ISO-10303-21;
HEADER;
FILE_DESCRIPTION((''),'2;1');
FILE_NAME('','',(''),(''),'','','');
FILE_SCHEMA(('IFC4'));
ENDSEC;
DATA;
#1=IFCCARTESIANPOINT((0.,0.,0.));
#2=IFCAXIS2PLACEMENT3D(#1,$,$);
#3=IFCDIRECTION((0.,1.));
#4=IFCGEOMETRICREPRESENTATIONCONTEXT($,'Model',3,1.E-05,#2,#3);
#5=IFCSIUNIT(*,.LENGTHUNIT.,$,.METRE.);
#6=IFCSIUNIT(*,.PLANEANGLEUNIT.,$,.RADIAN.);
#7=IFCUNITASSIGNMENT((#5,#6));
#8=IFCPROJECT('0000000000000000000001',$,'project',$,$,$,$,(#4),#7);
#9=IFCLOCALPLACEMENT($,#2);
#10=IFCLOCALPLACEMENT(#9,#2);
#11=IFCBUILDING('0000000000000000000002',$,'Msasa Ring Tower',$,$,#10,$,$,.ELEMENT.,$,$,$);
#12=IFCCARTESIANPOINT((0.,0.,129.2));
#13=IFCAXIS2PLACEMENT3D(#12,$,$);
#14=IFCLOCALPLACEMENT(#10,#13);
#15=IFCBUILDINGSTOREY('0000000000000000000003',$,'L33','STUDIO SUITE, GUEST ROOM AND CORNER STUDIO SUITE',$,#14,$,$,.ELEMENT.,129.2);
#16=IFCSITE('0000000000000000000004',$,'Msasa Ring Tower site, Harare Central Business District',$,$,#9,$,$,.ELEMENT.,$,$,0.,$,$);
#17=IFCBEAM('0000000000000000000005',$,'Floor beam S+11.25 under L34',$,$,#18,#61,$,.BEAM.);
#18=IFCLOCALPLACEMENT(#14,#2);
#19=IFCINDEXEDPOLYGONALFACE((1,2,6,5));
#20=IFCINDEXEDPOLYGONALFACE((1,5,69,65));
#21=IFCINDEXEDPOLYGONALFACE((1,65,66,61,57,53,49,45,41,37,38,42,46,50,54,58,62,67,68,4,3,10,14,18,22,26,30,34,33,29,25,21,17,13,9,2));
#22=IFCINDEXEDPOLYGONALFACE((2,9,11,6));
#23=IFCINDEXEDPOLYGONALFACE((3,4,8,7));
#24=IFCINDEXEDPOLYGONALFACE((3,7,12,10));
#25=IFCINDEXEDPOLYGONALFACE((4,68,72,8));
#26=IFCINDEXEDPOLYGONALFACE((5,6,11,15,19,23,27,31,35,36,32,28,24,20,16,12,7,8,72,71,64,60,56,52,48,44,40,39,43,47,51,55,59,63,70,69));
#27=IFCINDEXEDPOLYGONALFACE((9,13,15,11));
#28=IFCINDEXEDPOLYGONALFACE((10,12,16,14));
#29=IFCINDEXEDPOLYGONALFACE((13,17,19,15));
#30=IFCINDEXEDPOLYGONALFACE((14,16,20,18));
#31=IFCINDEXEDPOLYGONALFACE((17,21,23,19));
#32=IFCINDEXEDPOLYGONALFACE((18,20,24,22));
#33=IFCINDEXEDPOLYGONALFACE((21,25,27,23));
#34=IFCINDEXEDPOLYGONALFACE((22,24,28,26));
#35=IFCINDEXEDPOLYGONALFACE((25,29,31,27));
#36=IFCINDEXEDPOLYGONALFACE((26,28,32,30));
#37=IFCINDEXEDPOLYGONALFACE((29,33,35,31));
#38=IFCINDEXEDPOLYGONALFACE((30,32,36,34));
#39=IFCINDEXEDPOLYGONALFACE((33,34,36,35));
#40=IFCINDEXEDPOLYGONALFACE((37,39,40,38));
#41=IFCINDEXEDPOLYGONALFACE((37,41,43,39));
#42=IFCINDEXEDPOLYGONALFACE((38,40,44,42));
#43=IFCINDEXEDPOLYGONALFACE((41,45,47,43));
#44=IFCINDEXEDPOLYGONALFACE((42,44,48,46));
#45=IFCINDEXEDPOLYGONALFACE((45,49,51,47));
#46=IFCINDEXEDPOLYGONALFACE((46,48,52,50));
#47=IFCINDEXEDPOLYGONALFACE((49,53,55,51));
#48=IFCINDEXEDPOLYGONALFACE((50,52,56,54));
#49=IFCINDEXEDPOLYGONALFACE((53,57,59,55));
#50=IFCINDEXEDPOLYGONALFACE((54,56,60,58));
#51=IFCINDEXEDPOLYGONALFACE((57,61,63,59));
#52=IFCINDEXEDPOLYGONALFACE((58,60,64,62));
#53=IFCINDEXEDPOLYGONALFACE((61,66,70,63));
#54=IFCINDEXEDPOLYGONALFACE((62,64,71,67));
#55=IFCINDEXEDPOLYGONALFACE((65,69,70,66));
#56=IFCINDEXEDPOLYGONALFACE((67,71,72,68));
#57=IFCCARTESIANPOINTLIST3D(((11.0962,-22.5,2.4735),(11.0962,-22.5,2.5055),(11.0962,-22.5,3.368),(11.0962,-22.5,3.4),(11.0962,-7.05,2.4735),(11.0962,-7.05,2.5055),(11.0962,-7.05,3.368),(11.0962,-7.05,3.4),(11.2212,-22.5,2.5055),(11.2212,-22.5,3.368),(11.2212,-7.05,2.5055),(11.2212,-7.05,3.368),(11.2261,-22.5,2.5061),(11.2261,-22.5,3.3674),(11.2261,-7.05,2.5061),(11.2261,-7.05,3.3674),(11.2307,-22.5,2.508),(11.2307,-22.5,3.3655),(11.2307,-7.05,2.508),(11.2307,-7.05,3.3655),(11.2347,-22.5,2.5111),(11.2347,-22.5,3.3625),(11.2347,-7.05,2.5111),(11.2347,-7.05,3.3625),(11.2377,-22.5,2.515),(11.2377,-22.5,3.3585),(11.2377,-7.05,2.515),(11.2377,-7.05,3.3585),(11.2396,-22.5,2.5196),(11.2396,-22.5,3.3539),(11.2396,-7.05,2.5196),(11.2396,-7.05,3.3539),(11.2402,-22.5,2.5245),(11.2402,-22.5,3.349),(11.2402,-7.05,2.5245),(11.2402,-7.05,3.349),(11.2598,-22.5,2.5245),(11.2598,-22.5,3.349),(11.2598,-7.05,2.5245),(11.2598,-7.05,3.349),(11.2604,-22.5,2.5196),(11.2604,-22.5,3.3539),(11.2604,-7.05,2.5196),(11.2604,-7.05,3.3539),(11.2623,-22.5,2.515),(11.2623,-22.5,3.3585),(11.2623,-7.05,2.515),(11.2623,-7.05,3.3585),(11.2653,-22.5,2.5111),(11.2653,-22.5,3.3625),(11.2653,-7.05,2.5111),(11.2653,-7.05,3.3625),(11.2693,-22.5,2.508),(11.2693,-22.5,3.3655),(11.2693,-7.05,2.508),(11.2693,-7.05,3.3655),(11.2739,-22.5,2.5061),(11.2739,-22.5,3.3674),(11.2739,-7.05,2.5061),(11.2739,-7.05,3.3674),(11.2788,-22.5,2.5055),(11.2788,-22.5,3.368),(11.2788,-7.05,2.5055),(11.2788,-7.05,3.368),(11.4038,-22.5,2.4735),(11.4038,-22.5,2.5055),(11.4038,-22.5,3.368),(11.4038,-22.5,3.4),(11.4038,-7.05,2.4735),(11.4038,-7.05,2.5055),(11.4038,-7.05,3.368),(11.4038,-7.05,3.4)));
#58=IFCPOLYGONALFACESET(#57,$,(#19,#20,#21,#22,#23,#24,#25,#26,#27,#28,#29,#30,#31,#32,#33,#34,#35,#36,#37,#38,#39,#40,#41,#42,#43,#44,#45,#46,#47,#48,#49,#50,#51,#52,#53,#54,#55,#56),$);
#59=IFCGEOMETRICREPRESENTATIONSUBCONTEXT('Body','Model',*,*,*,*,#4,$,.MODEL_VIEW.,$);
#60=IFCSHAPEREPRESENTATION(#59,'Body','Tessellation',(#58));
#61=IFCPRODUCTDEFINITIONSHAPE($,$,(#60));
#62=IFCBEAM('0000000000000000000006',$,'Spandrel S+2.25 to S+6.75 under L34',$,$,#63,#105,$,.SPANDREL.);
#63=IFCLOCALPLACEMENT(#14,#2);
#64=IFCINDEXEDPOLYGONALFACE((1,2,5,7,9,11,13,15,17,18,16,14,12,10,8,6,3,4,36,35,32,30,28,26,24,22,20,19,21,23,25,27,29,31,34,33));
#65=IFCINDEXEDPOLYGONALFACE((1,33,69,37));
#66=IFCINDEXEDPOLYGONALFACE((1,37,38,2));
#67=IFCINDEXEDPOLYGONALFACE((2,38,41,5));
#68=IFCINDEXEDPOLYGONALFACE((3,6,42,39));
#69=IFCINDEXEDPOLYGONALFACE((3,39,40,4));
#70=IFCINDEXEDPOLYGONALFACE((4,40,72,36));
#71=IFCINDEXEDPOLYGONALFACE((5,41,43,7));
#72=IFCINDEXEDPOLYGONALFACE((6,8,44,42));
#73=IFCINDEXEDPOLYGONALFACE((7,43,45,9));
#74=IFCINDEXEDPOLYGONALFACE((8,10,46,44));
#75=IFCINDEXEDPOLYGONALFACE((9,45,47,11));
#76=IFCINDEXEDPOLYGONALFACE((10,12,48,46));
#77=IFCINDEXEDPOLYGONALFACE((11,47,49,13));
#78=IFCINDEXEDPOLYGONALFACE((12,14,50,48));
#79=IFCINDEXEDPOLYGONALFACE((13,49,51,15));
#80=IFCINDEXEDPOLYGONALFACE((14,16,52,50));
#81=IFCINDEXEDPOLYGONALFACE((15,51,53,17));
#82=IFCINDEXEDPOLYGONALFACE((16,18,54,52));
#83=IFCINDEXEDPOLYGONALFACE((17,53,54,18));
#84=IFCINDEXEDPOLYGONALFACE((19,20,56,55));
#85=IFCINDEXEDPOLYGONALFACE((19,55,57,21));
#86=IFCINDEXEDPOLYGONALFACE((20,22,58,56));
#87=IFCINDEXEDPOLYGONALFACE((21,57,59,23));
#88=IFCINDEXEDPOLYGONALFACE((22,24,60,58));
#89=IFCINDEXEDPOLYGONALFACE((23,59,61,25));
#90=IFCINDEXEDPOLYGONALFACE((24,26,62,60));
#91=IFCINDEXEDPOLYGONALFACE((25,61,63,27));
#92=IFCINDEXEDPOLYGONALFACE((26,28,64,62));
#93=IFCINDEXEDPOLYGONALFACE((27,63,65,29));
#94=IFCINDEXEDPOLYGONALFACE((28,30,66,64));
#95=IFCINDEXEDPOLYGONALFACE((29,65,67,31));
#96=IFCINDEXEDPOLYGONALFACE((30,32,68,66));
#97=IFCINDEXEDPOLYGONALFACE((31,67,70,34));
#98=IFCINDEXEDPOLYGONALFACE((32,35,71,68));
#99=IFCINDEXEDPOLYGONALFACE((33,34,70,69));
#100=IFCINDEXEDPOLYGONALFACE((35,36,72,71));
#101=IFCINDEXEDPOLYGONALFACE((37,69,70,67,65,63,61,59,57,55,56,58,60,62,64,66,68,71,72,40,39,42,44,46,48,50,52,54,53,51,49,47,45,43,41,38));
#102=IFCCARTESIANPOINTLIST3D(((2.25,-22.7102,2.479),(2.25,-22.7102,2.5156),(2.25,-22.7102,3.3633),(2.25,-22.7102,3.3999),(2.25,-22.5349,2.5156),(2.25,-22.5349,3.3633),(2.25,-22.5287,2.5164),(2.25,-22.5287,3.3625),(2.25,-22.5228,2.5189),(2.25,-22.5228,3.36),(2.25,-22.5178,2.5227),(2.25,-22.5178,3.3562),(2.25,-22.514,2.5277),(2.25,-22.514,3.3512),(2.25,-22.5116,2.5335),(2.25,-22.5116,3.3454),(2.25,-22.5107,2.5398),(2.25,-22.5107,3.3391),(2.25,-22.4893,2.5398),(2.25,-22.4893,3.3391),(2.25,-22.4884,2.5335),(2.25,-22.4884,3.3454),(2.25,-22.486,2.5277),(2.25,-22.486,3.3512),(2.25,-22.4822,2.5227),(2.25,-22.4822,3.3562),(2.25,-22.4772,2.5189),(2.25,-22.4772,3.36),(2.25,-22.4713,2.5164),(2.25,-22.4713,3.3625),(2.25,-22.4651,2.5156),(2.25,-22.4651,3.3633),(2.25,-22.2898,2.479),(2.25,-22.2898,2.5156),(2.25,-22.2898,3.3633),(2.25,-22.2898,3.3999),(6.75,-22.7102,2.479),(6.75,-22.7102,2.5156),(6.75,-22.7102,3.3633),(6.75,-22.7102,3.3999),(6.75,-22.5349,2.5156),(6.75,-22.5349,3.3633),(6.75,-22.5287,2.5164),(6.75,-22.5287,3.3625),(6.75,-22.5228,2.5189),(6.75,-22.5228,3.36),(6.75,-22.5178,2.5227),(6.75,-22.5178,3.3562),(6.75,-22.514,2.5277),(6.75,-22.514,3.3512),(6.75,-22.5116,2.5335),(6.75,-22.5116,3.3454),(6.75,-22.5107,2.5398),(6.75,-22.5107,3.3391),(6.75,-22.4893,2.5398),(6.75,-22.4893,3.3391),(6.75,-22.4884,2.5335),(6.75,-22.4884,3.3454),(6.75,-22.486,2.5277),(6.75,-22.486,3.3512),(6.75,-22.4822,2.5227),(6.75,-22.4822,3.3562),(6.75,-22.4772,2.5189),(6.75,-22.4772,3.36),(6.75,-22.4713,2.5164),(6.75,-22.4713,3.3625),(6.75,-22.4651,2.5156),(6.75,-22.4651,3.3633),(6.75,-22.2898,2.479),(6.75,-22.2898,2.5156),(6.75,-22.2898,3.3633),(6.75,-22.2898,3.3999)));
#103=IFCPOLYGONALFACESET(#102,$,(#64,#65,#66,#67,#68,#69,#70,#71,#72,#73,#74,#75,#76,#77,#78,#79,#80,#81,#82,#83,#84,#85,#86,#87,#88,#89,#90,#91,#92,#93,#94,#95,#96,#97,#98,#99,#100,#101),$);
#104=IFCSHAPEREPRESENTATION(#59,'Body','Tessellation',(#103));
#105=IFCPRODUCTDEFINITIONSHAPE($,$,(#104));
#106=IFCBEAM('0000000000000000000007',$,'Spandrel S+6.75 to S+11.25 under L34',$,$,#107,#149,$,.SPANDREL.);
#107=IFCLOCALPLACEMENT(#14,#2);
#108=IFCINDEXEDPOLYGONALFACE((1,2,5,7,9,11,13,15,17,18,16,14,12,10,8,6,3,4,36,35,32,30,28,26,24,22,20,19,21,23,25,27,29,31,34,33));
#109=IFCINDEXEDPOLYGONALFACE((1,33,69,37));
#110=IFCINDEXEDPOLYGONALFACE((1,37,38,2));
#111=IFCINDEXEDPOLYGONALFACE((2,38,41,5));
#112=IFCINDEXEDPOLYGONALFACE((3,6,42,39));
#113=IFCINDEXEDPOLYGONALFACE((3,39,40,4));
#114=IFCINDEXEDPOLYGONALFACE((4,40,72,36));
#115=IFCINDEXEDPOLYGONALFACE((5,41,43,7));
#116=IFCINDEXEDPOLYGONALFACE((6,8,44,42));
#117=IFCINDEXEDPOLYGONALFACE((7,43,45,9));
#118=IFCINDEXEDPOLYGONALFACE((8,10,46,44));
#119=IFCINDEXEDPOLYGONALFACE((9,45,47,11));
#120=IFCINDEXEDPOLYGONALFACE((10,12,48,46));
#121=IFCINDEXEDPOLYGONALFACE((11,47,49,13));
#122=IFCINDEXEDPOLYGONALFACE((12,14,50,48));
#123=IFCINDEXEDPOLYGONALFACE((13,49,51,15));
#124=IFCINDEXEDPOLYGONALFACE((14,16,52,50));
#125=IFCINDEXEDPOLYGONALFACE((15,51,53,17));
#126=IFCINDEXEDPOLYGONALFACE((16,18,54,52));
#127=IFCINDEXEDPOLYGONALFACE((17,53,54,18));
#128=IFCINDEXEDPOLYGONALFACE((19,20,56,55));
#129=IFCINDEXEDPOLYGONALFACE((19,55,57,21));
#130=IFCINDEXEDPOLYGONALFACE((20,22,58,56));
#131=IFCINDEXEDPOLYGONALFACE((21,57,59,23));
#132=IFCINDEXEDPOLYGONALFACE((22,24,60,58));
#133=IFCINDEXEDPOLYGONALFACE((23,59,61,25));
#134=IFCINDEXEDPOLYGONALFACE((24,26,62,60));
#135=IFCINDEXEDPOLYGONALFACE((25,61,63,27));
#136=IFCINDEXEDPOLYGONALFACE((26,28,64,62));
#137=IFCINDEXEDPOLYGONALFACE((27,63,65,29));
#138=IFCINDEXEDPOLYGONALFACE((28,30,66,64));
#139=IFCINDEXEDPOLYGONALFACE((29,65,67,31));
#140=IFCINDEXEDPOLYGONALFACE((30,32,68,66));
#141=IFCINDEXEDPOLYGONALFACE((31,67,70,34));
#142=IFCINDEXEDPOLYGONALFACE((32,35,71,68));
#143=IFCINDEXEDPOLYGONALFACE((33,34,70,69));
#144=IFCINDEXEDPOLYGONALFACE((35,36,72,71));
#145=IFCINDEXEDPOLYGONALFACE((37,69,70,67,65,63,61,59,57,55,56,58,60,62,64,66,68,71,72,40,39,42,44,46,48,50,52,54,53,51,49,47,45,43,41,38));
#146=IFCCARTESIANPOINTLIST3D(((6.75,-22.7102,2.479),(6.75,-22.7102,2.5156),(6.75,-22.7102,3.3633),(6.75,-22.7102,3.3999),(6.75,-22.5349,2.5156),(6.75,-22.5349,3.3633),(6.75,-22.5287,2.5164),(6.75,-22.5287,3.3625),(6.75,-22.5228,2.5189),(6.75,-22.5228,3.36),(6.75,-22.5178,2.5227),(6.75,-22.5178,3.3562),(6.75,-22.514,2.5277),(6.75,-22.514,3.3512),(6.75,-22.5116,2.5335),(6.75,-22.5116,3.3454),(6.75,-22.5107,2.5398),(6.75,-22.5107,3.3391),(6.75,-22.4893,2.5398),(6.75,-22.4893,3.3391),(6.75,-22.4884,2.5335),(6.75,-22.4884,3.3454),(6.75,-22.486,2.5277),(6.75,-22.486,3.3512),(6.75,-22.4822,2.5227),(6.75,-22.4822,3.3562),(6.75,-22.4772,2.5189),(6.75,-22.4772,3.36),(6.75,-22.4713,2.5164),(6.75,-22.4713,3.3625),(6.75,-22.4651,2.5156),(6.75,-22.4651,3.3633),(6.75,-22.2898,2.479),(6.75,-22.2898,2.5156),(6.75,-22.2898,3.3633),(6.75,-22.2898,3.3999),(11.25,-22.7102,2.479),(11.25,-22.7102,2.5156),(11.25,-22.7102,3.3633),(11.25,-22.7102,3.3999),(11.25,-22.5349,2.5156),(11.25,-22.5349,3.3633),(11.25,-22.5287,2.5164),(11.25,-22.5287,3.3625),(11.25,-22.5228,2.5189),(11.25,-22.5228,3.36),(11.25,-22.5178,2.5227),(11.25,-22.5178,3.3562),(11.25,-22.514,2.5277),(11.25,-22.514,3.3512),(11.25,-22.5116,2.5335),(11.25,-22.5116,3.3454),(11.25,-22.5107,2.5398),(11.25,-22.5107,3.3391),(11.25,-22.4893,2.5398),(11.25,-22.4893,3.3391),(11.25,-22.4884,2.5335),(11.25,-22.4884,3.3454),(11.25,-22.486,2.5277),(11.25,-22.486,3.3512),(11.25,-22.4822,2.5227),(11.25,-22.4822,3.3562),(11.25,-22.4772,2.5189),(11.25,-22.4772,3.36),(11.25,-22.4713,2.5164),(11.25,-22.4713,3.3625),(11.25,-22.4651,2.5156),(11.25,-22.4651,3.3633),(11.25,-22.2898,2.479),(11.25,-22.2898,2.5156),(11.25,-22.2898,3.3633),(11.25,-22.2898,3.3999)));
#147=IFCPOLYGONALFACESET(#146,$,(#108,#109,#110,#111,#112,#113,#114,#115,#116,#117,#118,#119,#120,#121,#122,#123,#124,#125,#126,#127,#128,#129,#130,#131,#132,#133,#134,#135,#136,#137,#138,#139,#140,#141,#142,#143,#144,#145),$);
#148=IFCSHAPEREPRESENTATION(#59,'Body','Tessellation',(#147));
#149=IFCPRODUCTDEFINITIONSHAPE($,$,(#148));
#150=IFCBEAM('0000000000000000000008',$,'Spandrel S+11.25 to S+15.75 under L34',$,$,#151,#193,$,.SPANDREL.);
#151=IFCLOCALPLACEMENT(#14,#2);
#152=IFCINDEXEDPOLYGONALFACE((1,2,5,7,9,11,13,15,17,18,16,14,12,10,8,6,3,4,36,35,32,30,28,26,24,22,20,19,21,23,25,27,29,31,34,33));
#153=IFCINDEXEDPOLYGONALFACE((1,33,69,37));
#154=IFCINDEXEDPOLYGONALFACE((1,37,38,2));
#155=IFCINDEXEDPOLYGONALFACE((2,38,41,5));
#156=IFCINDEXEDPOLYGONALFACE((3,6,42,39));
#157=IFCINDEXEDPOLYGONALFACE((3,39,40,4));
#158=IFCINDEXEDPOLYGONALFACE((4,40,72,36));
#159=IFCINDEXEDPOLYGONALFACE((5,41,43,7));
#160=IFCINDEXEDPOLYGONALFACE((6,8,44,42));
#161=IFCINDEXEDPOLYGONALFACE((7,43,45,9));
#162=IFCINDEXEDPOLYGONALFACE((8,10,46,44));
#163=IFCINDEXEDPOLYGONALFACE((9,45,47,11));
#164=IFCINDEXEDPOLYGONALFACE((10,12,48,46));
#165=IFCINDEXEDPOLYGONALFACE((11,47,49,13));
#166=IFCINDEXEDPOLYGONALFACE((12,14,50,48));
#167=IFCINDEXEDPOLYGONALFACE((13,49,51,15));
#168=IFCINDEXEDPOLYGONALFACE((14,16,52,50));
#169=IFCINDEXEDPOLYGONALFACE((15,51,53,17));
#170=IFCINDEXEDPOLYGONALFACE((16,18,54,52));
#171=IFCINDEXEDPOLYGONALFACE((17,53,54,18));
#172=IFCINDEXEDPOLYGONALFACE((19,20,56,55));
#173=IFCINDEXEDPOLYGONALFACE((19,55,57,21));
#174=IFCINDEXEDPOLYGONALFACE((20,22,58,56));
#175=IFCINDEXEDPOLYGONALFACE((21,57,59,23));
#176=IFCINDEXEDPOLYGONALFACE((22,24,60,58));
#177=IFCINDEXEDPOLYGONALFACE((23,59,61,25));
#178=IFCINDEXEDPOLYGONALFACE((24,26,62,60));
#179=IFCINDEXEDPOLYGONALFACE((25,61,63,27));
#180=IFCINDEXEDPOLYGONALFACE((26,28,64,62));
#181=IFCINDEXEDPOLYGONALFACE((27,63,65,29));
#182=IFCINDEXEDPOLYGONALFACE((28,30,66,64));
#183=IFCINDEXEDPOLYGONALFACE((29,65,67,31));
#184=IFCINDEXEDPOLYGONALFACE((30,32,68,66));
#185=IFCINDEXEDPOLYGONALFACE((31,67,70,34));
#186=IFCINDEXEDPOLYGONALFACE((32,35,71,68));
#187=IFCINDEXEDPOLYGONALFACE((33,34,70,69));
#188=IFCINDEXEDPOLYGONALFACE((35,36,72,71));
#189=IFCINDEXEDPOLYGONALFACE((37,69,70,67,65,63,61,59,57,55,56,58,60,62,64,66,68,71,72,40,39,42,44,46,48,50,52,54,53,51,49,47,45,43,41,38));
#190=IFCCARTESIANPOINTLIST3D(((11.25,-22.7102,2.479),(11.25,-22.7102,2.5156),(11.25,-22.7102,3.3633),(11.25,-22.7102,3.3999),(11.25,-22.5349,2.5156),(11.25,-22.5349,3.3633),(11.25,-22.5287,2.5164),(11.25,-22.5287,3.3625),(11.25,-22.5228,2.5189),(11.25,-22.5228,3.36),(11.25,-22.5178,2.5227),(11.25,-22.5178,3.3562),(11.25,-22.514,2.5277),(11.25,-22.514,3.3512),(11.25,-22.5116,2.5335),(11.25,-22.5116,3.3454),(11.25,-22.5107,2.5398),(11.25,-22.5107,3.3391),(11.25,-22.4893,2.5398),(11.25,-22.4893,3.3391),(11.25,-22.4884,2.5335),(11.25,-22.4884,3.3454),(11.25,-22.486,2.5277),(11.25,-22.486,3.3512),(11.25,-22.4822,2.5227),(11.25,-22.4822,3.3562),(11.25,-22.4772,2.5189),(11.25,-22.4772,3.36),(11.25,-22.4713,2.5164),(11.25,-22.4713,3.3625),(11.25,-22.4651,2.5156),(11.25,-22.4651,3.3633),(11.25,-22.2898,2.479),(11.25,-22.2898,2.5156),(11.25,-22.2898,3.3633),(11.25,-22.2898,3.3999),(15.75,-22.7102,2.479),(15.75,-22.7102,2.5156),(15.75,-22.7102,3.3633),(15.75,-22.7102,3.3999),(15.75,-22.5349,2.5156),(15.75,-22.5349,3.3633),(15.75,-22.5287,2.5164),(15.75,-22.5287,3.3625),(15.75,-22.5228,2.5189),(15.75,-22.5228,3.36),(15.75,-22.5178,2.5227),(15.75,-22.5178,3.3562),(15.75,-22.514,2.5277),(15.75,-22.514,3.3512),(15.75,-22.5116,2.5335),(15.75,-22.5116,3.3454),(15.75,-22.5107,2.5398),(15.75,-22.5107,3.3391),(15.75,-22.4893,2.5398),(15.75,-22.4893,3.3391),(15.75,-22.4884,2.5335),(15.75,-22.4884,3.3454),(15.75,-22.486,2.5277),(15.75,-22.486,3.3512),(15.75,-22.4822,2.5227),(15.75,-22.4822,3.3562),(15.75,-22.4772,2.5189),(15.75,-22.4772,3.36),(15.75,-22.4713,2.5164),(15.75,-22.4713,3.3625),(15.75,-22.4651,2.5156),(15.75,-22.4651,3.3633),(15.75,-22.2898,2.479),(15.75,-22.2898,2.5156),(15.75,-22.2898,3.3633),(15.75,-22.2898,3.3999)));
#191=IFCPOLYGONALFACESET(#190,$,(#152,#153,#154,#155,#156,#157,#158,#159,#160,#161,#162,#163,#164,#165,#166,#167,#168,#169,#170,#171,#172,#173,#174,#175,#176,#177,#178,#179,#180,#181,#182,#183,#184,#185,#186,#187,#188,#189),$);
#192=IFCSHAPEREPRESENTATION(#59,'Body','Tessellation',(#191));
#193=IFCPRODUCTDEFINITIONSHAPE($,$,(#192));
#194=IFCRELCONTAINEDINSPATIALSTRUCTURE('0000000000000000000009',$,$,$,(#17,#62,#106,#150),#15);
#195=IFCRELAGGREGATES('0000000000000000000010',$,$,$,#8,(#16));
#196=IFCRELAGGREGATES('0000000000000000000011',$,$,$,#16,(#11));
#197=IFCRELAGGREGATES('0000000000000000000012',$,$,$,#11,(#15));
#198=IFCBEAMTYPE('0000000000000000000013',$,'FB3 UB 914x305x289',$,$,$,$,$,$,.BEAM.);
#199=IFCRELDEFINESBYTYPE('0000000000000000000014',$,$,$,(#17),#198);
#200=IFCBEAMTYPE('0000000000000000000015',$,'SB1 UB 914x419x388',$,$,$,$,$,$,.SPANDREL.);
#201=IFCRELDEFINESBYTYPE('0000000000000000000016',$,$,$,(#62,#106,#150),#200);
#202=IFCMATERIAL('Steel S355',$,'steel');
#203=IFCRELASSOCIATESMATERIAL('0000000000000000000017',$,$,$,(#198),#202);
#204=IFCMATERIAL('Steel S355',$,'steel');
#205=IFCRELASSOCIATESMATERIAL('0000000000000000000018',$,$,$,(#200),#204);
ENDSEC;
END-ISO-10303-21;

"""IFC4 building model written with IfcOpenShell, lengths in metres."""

from ifc_helpers import new_model, si_unit, direction, frame, origin, origin_2d, place, context, subcontext, project, spatial, i_section, extrude, material, material_profile, profile_set, type_object, element, save


model = new_model("IFC4")

# Units and contexts
model_context = context("Model", 3, precision=1e-05, world=origin(), true_north=direction((0.0, 1.0)))
body_context = subcontext(model_context, "Body", "Model", "MODEL_VIEW")
ifc_project = project(units=[si_unit("LENGTHUNIT", "METRE"), si_unit("PLANEANGLEUNIT", "RADIAN")], contexts=[model_context])

# Site, building, storey
site_placement = place(None, origin())
site = spatial("IfcSite", under=ifc_project, at=site_placement, Name="Msasa Ring Tower site, Harare Central Business District", CompositionType="ELEMENT", RefElevation=0.0)
building_placement = place(site_placement, origin())
building = spatial("IfcBuilding", under=site, at=building_placement, Name="Msasa Ring Tower", CompositionType="ELEMENT")
storey_placement = place(building_placement, frame((0.0, 0.0, 129.2)))
storey = spatial("IfcBuildingStorey", under=building, at=storey_placement, Name="L33", Description="STUDIO SUITE, GUEST ROOM AND CORNER STUDIO SUITE", CompositionType="ELEMENT", Elevation=129.2)

# Beams
ifc_material_1 = material(Name="Steel S355", Category="steel")
ifc_material_profile_1 = material_profile(ifc_material_1, i_section(OverallWidth=0.3076, OverallDepth=0.9265, WebThickness=0.0195, FlangeThickness=0.032, FilletRadius=0.019, at=origin_2d()), Name="UB 914x305x289")
ifc_profile_set_1 = profile_set([ifc_material_profile_1], Name="Steel S355")
beam_type_1 = type_object("IfcBeamType", Name="FB3 UB 914x305x289", PredefinedType="BEAM", material=ifc_profile_set_1)
beam_placement = place(storey_placement, frame((11.25, -22.5, 2.9368), z_axis=(0.0, 1.0, 0.0), x_axis=(-1.0, 0.0, 0.0)))
element("IfcBeam", 1, at=beam_placement, inside=storey, type_object=beam_type_1, Name="Floor beam S+11.25 under L34", PredefinedType="BEAM", context=body_context, shape_type="SweptSolid", body=[
    extrude(i_section(OverallWidth=0.3076, OverallDepth=0.9265, WebThickness=0.0195, FlangeThickness=0.032, FilletRadius=0.019, at=origin_2d()), origin(), (0.0, 0.0, 1.0), 15.45),
])
ifc_material_2 = material(Name="Steel S355", Category="steel")
ifc_material_profile_2 = material_profile(ifc_material_2, i_section(OverallWidth=0.4204, OverallDepth=0.9209, WebThickness=0.0215, FlangeThickness=0.0366, FilletRadius=0.0242, at=origin_2d()), Name="UB 914x419x388")
ifc_profile_set_2 = profile_set([ifc_material_profile_2], Name="Steel S355")
beam_type_2 = type_object("IfcBeamType", Name="SB1 UB 914x419x388", PredefinedType="SPANDREL", material=ifc_profile_set_2)
for number, where, z_axis, x_axis, name in (
    (2, (2.25, -22.5, 2.9395), (1.0, 0.0, 0.0), (0.0, 1.0, 0.0), "Spandrel S+2.25 to S+6.75 under L34"),
    (3, (6.75, -22.5, 2.9395), (1.0, 0.0, 0.0), (0.0, 1.0, 0.0), "Spandrel S+6.75 to S+11.25 under L34"),
    (4, (11.25, -22.5, 2.9395), (1.0, 0.0, 0.0), (0.0, 1.0, 0.0), "Spandrel S+11.25 to S+15.75 under L34"),
):
    element("IfcBeam", number, at=place(storey_placement, frame(where, z_axis=z_axis, x_axis=x_axis)), inside=storey, type_object=beam_type_2, Name=name, PredefinedType="SPANDREL", context=body_context, shape_type="SweptSolid", body=[
        extrude(i_section(OverallWidth=0.4204, OverallDepth=0.9209, WebThickness=0.0215, FlangeThickness=0.0366, FilletRadius=0.0242, at=origin_2d()), origin(), (0.0, 0.0, 1.0), 4.5),
    ])

save(model, "model.ifc")
